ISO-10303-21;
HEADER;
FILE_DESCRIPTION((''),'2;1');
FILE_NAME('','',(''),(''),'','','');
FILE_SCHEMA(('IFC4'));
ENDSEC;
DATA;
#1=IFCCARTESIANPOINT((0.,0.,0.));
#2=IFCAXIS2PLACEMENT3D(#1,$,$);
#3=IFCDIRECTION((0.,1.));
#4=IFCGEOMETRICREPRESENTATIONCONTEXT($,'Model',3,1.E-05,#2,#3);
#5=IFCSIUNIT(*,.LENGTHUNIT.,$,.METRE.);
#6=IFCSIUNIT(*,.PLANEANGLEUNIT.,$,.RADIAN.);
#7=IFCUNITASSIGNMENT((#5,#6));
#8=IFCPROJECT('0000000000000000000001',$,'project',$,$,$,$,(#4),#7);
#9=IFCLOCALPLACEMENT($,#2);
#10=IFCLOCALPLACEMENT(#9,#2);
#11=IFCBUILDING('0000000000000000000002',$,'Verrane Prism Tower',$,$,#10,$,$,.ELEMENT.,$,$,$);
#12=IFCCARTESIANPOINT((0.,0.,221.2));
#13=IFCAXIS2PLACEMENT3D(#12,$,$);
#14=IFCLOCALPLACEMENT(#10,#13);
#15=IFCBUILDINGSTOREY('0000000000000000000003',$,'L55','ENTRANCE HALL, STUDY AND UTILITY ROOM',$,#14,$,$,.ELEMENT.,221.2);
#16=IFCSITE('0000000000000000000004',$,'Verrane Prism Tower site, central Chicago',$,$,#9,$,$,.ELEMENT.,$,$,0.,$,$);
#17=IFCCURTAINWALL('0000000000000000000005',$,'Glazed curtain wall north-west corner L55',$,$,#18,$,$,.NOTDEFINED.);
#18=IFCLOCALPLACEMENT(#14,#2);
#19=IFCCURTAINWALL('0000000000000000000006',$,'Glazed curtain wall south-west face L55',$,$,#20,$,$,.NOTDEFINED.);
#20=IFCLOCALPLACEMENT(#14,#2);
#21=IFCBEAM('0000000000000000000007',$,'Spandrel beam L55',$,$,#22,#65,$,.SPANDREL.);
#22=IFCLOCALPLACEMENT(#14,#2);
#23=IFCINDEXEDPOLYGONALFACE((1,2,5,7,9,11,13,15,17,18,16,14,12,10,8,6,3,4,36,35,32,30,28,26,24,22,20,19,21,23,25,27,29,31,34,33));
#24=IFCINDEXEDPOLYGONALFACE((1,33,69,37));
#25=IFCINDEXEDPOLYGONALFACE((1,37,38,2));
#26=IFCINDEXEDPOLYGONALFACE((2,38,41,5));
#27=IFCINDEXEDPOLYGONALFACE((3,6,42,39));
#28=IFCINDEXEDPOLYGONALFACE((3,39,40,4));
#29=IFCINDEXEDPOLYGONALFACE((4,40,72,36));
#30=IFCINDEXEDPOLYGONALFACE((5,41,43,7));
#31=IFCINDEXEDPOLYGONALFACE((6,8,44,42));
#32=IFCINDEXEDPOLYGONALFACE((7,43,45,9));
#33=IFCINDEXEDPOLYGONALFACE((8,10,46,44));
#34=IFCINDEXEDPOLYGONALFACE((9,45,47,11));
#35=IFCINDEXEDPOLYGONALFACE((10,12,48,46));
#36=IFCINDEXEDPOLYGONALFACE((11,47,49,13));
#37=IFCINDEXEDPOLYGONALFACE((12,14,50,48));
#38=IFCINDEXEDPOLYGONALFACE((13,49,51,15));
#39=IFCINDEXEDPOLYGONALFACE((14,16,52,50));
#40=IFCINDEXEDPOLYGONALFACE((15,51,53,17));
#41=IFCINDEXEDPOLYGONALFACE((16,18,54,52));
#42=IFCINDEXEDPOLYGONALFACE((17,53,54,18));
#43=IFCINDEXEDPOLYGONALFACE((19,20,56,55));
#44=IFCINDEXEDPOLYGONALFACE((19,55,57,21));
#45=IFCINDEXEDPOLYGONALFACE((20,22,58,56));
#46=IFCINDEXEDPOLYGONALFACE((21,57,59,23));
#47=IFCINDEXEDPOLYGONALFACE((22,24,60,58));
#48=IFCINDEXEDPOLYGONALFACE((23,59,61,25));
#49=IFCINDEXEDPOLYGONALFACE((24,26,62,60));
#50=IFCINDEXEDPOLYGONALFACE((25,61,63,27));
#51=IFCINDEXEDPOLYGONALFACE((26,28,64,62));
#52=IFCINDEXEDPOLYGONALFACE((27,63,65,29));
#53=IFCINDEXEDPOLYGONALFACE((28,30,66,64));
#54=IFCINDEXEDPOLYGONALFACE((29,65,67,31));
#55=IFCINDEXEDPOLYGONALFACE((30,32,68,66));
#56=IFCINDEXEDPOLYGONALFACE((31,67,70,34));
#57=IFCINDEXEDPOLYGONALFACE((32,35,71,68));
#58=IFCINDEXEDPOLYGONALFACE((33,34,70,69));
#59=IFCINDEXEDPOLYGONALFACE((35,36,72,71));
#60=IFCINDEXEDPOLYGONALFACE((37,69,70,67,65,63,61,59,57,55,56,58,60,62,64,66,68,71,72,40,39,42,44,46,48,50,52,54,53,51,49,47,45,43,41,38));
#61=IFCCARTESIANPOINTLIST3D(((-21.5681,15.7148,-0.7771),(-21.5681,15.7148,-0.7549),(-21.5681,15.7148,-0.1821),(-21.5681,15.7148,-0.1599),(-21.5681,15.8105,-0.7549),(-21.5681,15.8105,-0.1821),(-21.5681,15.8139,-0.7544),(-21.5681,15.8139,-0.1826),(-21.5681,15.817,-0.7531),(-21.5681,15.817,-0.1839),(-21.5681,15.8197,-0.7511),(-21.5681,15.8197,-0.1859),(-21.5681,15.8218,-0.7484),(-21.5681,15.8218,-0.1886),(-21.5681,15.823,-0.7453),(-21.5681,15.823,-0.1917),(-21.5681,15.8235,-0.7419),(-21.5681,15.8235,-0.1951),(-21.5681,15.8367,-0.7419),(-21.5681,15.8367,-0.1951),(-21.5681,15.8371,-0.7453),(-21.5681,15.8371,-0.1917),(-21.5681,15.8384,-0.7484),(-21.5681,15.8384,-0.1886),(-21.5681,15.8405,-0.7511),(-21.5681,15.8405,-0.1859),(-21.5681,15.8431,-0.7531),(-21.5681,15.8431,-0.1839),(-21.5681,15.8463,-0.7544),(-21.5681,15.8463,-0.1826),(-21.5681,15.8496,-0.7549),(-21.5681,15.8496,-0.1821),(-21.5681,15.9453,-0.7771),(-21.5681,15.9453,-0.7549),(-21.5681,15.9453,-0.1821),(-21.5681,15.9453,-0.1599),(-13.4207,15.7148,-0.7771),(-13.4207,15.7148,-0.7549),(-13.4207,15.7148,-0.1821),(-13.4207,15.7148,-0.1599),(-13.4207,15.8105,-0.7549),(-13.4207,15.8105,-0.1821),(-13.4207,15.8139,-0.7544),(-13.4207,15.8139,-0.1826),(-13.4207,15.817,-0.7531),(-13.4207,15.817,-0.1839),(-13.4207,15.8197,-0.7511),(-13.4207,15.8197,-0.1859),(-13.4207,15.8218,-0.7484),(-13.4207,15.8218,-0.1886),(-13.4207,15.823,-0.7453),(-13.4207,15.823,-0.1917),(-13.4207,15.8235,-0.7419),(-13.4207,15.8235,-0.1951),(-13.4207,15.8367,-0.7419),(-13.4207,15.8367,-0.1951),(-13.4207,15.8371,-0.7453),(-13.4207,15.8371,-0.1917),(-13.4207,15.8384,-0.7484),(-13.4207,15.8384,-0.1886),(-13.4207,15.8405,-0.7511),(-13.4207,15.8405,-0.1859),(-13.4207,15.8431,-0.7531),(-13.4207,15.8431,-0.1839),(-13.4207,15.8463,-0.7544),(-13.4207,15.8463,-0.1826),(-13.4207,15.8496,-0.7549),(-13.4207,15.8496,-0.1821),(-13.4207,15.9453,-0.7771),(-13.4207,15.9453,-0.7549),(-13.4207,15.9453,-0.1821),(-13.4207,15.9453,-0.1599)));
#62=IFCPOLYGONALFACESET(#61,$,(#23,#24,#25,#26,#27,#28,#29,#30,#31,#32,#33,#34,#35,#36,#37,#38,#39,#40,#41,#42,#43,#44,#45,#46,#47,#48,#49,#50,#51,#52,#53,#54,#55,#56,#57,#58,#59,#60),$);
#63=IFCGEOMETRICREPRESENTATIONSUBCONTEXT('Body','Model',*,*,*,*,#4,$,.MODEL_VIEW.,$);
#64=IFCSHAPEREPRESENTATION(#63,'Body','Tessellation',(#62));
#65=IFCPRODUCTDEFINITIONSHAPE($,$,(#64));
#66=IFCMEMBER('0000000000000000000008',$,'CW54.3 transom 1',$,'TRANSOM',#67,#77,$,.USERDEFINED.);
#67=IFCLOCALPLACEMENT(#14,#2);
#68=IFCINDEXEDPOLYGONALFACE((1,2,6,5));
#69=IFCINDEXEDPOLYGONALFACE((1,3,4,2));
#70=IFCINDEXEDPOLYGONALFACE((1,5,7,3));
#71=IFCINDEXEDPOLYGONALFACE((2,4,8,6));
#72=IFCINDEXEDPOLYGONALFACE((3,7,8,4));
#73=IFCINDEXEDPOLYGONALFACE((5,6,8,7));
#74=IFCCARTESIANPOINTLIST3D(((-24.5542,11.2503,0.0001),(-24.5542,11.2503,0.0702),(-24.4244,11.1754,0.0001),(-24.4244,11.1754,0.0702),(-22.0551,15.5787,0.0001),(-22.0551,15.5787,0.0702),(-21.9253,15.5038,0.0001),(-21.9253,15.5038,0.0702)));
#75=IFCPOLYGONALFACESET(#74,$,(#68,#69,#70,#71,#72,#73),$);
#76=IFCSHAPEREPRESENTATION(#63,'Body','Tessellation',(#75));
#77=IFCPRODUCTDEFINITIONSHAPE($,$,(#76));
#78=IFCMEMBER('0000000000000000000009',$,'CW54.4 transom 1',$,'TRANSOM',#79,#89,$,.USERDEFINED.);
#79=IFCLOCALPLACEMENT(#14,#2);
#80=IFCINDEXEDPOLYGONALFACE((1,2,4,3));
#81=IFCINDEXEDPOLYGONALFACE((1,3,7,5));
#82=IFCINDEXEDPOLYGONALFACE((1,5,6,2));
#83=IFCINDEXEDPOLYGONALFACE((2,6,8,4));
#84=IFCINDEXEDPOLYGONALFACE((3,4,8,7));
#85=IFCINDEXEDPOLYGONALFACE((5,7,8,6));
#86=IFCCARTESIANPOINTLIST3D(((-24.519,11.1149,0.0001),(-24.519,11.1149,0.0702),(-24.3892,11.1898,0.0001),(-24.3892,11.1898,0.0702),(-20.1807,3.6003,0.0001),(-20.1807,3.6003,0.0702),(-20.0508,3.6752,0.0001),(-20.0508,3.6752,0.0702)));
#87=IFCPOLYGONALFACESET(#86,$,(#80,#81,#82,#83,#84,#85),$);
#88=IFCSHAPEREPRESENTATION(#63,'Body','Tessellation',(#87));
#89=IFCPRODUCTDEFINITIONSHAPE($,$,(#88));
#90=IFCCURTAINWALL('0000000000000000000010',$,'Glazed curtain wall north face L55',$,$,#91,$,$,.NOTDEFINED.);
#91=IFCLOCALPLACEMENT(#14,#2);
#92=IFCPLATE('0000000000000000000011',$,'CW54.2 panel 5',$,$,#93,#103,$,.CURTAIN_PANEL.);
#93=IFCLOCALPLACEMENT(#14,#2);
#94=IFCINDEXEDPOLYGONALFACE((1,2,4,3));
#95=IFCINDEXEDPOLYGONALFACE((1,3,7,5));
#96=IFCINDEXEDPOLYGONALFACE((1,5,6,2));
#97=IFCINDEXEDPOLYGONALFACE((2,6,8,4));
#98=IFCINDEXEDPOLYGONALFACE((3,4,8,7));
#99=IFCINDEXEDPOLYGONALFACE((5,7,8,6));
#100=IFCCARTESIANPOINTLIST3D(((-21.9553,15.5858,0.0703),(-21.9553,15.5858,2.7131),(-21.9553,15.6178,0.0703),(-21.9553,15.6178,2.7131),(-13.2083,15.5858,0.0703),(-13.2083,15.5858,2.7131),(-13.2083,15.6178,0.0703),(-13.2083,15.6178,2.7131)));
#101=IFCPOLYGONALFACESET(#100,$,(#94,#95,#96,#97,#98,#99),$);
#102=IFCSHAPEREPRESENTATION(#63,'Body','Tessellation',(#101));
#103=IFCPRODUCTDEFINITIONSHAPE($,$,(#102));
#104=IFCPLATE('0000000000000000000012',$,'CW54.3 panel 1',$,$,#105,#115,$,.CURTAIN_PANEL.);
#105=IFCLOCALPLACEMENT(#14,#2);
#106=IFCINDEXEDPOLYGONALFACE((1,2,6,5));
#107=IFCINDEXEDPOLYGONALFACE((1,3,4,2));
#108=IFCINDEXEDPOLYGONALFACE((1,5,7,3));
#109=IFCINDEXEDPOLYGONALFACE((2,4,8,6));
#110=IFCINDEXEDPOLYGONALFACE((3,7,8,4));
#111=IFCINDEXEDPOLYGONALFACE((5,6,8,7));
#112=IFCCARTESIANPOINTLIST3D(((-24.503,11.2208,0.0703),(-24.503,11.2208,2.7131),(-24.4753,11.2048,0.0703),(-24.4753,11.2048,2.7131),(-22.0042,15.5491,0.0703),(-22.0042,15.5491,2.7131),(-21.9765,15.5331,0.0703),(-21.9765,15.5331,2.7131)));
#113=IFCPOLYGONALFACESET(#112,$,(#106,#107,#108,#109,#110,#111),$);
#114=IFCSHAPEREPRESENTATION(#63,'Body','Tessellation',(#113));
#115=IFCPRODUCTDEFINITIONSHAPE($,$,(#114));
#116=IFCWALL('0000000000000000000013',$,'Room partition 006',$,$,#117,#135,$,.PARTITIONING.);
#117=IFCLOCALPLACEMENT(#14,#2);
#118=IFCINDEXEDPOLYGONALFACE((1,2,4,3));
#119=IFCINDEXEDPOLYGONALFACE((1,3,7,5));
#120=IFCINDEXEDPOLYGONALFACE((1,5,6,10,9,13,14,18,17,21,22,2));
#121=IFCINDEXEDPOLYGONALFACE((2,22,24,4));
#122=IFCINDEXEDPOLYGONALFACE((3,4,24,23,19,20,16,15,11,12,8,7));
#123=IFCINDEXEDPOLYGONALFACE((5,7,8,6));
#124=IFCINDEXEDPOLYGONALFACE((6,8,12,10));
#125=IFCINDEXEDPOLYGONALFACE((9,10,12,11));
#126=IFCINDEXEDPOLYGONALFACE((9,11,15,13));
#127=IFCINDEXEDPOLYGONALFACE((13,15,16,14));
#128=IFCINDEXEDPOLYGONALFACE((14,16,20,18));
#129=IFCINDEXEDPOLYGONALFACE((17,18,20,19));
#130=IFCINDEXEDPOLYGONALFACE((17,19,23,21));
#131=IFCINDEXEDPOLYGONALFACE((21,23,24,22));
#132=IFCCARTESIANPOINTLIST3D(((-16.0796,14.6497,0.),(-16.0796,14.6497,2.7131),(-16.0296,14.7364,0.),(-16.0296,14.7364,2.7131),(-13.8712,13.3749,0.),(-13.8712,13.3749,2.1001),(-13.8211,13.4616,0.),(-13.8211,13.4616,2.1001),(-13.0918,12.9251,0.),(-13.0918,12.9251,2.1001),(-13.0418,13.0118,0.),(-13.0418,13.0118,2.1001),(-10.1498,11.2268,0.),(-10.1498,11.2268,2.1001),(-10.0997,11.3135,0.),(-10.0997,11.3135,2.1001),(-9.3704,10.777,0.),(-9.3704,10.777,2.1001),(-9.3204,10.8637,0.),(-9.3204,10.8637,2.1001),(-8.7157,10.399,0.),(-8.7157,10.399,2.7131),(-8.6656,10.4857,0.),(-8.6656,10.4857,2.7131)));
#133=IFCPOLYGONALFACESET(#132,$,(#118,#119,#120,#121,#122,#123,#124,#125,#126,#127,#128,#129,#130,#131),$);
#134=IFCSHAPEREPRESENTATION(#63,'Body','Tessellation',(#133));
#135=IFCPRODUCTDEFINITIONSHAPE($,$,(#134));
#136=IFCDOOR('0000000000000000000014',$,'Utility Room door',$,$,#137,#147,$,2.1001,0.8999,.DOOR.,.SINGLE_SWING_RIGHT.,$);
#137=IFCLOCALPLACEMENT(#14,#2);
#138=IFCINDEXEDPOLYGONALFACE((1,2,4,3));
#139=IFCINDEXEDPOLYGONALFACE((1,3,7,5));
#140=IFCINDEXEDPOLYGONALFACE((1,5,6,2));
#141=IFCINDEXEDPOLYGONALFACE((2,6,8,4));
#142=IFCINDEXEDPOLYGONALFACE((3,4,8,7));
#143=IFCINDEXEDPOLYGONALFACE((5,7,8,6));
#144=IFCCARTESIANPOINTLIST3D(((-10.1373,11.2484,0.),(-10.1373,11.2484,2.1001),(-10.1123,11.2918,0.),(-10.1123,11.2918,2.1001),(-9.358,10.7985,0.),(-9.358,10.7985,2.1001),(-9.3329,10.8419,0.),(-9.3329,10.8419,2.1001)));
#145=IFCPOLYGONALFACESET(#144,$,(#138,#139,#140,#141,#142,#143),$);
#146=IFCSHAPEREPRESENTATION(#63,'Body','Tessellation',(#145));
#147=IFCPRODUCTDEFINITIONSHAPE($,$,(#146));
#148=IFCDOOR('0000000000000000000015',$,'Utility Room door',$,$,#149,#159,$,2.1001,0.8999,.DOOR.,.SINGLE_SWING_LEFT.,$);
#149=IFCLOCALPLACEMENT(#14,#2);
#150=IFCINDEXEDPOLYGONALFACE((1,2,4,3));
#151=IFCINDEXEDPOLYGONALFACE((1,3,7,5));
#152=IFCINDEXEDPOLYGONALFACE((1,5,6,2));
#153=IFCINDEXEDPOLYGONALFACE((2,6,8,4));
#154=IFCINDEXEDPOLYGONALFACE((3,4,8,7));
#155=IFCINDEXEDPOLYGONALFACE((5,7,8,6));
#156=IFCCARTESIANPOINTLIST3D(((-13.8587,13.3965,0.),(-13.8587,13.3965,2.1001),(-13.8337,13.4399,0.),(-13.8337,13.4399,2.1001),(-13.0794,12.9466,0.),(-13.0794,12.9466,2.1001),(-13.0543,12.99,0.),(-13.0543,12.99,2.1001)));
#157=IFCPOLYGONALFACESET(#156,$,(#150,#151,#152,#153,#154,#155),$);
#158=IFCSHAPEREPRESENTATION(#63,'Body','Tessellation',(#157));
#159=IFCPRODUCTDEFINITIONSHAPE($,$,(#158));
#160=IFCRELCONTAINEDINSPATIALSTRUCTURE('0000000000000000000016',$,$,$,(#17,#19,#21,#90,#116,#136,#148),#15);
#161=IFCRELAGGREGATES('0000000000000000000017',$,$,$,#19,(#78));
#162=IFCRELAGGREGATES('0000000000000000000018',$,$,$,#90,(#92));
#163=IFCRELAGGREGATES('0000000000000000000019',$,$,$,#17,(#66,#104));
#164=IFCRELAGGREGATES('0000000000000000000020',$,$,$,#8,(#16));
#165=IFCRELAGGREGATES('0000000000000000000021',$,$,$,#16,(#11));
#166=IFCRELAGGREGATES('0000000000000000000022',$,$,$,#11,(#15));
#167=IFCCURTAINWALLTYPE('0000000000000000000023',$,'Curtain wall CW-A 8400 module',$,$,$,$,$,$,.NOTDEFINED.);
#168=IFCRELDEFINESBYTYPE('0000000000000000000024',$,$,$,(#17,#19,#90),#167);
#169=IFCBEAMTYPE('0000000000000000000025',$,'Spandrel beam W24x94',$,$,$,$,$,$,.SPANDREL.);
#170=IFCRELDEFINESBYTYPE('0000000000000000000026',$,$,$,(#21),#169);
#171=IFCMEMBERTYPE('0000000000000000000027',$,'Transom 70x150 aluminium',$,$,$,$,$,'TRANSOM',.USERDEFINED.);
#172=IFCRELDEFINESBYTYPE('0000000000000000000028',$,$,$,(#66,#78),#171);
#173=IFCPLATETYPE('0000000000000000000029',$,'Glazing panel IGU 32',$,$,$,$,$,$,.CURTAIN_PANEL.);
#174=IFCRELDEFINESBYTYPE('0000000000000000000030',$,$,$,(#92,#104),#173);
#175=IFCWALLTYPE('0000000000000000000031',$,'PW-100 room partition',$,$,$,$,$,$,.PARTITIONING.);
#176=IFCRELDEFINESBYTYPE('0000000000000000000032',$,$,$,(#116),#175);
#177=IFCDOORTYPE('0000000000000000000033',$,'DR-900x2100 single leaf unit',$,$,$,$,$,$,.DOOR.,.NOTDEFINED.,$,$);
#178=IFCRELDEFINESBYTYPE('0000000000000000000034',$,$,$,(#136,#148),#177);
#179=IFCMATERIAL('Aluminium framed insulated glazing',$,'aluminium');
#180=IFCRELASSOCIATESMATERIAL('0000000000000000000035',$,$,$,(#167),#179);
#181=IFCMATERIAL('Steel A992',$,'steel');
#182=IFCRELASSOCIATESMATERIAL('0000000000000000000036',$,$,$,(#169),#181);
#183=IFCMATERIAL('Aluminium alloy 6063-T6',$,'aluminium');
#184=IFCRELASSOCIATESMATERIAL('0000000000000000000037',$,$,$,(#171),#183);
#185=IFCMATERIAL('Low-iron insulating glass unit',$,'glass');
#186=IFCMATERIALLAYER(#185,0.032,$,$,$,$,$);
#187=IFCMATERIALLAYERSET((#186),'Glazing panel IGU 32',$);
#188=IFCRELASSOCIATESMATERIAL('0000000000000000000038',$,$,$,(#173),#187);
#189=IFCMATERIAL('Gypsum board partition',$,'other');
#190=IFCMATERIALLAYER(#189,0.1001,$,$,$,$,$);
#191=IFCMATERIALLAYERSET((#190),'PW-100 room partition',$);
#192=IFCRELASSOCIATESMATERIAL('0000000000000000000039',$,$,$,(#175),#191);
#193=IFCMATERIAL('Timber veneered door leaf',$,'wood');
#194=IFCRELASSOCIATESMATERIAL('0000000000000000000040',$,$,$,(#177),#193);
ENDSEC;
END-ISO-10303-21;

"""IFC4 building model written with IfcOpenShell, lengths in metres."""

from ifc_helpers import new_model, si_unit, direction, frame, frame_2d, origin, origin_2d, place, context, subcontext, project, spatial, rectangle, i_section, extrude, material, layer, layer_set, material_profile, profile_set, type_object, element, fill, aggregate, save


model = new_model("IFC4")

# Units and contexts
model_context = context("Model", 3, precision=1e-05, world=origin(), true_north=direction((0.0, 1.0)))
body_context = subcontext(model_context, "Body", "Model", "MODEL_VIEW")
ifc_project = project(units=[si_unit("LENGTHUNIT", "METRE"), si_unit("PLANEANGLEUNIT", "RADIAN")], contexts=[model_context])

# Site, building, storey
site_placement = place(None, origin())
site = spatial("IfcSite", under=ifc_project, at=site_placement, Name="Verrane Prism Tower site, central Chicago", CompositionType="ELEMENT", RefElevation=0.0)
building_placement = place(site_placement, origin())
building = spatial("IfcBuilding", under=site, at=building_placement, Name="Verrane Prism Tower", CompositionType="ELEMENT")
storey_placement = place(building_placement, frame((0.0, 0.0, 221.2)))
storey = spatial("IfcBuildingStorey", under=building, at=storey_placement, Name="L55", Description="ENTRANCE HALL, STUDY AND UTILITY ROOM", CompositionType="ELEMENT", Elevation=221.2)

# Curtain walls
ifc_material_1 = material(Name="Aluminium framed insulated glazing", Category="aluminium")
curtain_wall_type = type_object("IfcCurtainWallType", Name="Curtain wall CW-A 8400 module", PredefinedType="NOTDEFINED", material=ifc_material_1)
curtain_wall_1_placement = place(storey_placement, origin())
curtain_wall_1 = element("IfcCurtainWall", 1, at=curtain_wall_1_placement, inside=storey, type_object=curtain_wall_type, Name="Glazed curtain wall north-west corner L55", PredefinedType="NOTDEFINED")
curtain_wall_2_placement = place(storey_placement, origin())
curtain_wall_2 = element("IfcCurtainWall", 2, at=curtain_wall_2_placement, inside=storey, type_object=curtain_wall_type, Name="Glazed curtain wall south-west face L55", PredefinedType="NOTDEFINED")

# Beam
ifc_material_2 = material(Name="Steel A992", Category="steel")
ifc_material_profile_1 = material_profile(ifc_material_2, i_section(OverallWidth=0.2305, OverallDepth=0.6172, WebThickness=0.0132, FlangeThickness=0.0222, FilletRadius=0.0129, at=origin_2d()), Name="W24x94")
ifc_profile_set_1 = profile_set([ifc_material_profile_1], Name="Steel A992")
beam_type_1 = type_object("IfcBeamType", Name="Spandrel beam W24x94", PredefinedType="SPANDREL", material=ifc_profile_set_1)
beam_1_placement = place(storey_placement, frame((-13.4207, 15.8301, -0.4685), z_axis=(-1.0, 0.0, 0.0), x_axis=(0.0, -1.0, 0.0)))
element("IfcBeam", 3, at=beam_1_placement, inside=storey, type_object=beam_type_1, Name="Spandrel beam L55", PredefinedType="SPANDREL", context=body_context, shape_type="SweptSolid", body=[
    extrude(i_section(OverallWidth=0.2305, OverallDepth=0.6172, WebThickness=0.0132, FlangeThickness=0.0222, FilletRadius=0.0129, at=origin_2d()), origin(), (0.0, 0.0, 1.0), 8.1475),
])

# Members
ifc_material_3 = material(Name="Aluminium alloy 6063-T6", Category="aluminium")
ifc_material_profile_2 = material_profile(ifc_material_3, rectangle(XDim=0.1499, YDim=0.0701, at=origin_2d()), Name="Transom 70x150 aluminium")
ifc_profile_set_2 = profile_set([ifc_material_profile_2], Name="Aluminium alloy 6063-T6")
member_type_1 = type_object("IfcMemberType", Name="Transom 70x150 aluminium", ElementType="TRANSOM", PredefinedType="USERDEFINED", material=ifc_profile_set_2)
member_1_placement = place(storey_placement, frame((-21.9902, 15.5413, 0.0352), z_axis=(-0.500006, -0.866022, 0.0), x_axis=(0.866022, -0.500006, 0.0)))
member_1 = element("IfcMember", 4, at=member_1_placement, type_object=member_type_1, Name="CW54.3 transom 1", ObjectType="TRANSOM", PredefinedType="USERDEFINED", context=body_context, shape_type="SweptSolid", body=[
    extrude(rectangle(XDim=0.1499, YDim=0.0701, at=origin_2d()), origin(), (0.0, 0.0, 1.0), 4.998),
])
member_2_placement = place(storey_placement, frame((-24.4541, 11.1523, 0.0352), z_axis=(0.499982, -0.866036, 0.0), x_axis=(0.866036, 0.499982, 0.0)))
member_2 = element("IfcMember", 5, at=member_2_placement, type_object=member_type_1, Name="CW54.4 transom 1", ObjectType="TRANSOM", PredefinedType="USERDEFINED", context=body_context, shape_type="SweptSolid", body=[
    extrude(rectangle(XDim=0.1499, YDim=0.0701, at=origin_2d()), origin(), (0.0, 0.0, 1.0), 8.677),
])
aggregate(curtain_wall_2, [member_2])

# Curtain wall, plate
curtain_wall_3_placement = place(storey_placement, origin())
curtain_wall_3 = element("IfcCurtainWall", 6, at=curtain_wall_3_placement, inside=storey, type_object=curtain_wall_type, Name="Glazed curtain wall north face L55", PredefinedType="NOTDEFINED")
ifc_material_4 = material(Name="Low-iron insulating glass unit", Category="glass")
ifc_layer_1 = layer(ifc_material_4, 0.032)
ifc_layer_set_1 = layer_set([ifc_layer_1], Name="Glazing panel IGU 32")
plate_type = type_object("IfcPlateType", Name="Glazing panel IGU 32", PredefinedType="CURTAIN_PANEL", material=ifc_layer_set_1)
plate_1_placement = place(storey_placement, frame((-17.5818, 15.6018, 0.0703), z_axis=(0.0, 0.0, 1.0), x_axis=(-1.0, 0.0, 0.0)))
plate_1 = element("IfcPlate", 7, at=plate_1_placement, type_object=plate_type, Name="CW54.2 panel 5", PredefinedType="CURTAIN_PANEL", context=body_context, shape_type="SweptSolid", body=[
    extrude(rectangle(XDim=8.7471, YDim=0.032, at=origin_2d()), origin(), (0.0, 0.0, 1.0), 2.6428),
])
aggregate(curtain_wall_3, [plate_1])

# Plate
plate_2_placement = place(storey_placement, frame((-23.2397, 13.377, 0.0703), z_axis=(0.0, 0.0, 1.0), x_axis=(-0.499995, -0.866028, 0.0)))
plate_2 = element("IfcPlate", 8, at=plate_2_placement, type_object=plate_type, Name="CW54.3 panel 1", PredefinedType="CURTAIN_PANEL", context=body_context, shape_type="SweptSolid", body=[
    extrude(rectangle(XDim=4.9978, YDim=0.032, at=origin_2d()), origin(), (0.0, 0.0, 1.0), 2.6428),
])
aggregate(curtain_wall_1, [member_1, plate_2])

# Wall, openings, doors
ifc_material_5 = material(Name="Gypsum board partition", Category="other")
ifc_layer_2 = layer(ifc_material_5, 0.1001)
ifc_layer_set_2 = layer_set([ifc_layer_2], Name="PW-100 room partition")
wall_type = type_object("IfcWallType", Name="PW-100 room partition", PredefinedType="PARTITIONING", material=ifc_layer_set_2)
wall_placement = place(storey_placement, frame((-16.0547, 14.6931, 0.0), z_axis=(0.0, 0.0, 1.0), x_axis=(0.86607, -0.499922, 0.0)))
wall = element("IfcWall", 9, at=wall_placement, inside=storey, type_object=wall_type, Name="Room partition 006", PredefinedType="PARTITIONING", context=body_context, shape_type="SweptSolid", body=[
    extrude(rectangle(XDim=8.5027, YDim=0.1001, at=frame_2d((4.2515, 0.0))), origin(), (0.0, 0.0, 1.0), 2.7131),
])
opening_1_placement = place(wall_placement, frame((6.8469, 0.0, 0.0)))
opening_1 = element("IfcOpeningElement", 10, at=opening_1_placement, cuts=wall, PredefinedType="OPENING", context=body_context, shape_type="SweptSolid", body=[
    extrude(rectangle(XDim=0.8999, YDim=2.1001, at=frame_2d((0.45, 1.05))), frame((0.0, 0.0601, 0.0), z_axis=(0.0, -1.0, 0.0), x_axis=(1.0, 0.0, 0.0)), (0.0, 0.0, 1.0), 0.1201),
])
opening_2_placement = place(wall_placement, frame((2.55, 0.0, 0.0)))
opening_2 = element("IfcOpeningElement", 11, at=opening_2_placement, cuts=wall, PredefinedType="OPENING", context=body_context, shape_type="SweptSolid", body=[
    extrude(rectangle(XDim=0.8999, YDim=2.1001, at=frame_2d((0.45, 1.05))), frame((0.0, 0.0601, 0.0), z_axis=(0.0, -1.0, 0.0), x_axis=(1.0, 0.0, 0.0)), (0.0, 0.0, 1.0), 0.1201),
])
ifc_material_6 = material(Name="Timber veneered door leaf", Category="wood")
door_type = type_object("IfcDoorType", Name="DR-900x2100 single leaf unit", OperationType="NOTDEFINED", PredefinedType="DOOR", material=ifc_material_6)
door_1_placement = place(opening_1_placement, origin())
door_1 = element("IfcDoor", 12, at=door_1_placement, inside=storey, type_object=door_type, Name="Utility Room door", OperationType="SINGLE_SWING_RIGHT", OverallHeight=2.1001, OverallWidth=0.8999, PredefinedType="DOOR", context=body_context, shape_type="SweptSolid", body=[
    extrude(rectangle(XDim=0.8999, YDim=2.1001, at=frame_2d((0.45, 1.05))), frame((0.0, 0.0249, 0.0), z_axis=(0.0, -1.0, 0.0), x_axis=(1.0, 0.0, 0.0)), (0.0, 0.0, 1.0), 0.05),
])
fill(opening_1, door_1)
door_2_placement = place(opening_2_placement, origin())
door_2 = element("IfcDoor", 13, at=door_2_placement, inside=storey, type_object=door_type, Name="Utility Room door", OperationType="SINGLE_SWING_LEFT", OverallHeight=2.1001, OverallWidth=0.8999, PredefinedType="DOOR", context=body_context, shape_type="SweptSolid", body=[
    extrude(rectangle(XDim=0.8999, YDim=2.1001, at=frame_2d((0.45, 1.05))), frame((0.0, 0.0249, 0.0), z_axis=(0.0, -1.0, 0.0), x_axis=(1.0, 0.0, 0.0)), (0.0, 0.0, 1.0), 0.05),
])
fill(opening_2, door_2)

save(model, "model.ifc")
